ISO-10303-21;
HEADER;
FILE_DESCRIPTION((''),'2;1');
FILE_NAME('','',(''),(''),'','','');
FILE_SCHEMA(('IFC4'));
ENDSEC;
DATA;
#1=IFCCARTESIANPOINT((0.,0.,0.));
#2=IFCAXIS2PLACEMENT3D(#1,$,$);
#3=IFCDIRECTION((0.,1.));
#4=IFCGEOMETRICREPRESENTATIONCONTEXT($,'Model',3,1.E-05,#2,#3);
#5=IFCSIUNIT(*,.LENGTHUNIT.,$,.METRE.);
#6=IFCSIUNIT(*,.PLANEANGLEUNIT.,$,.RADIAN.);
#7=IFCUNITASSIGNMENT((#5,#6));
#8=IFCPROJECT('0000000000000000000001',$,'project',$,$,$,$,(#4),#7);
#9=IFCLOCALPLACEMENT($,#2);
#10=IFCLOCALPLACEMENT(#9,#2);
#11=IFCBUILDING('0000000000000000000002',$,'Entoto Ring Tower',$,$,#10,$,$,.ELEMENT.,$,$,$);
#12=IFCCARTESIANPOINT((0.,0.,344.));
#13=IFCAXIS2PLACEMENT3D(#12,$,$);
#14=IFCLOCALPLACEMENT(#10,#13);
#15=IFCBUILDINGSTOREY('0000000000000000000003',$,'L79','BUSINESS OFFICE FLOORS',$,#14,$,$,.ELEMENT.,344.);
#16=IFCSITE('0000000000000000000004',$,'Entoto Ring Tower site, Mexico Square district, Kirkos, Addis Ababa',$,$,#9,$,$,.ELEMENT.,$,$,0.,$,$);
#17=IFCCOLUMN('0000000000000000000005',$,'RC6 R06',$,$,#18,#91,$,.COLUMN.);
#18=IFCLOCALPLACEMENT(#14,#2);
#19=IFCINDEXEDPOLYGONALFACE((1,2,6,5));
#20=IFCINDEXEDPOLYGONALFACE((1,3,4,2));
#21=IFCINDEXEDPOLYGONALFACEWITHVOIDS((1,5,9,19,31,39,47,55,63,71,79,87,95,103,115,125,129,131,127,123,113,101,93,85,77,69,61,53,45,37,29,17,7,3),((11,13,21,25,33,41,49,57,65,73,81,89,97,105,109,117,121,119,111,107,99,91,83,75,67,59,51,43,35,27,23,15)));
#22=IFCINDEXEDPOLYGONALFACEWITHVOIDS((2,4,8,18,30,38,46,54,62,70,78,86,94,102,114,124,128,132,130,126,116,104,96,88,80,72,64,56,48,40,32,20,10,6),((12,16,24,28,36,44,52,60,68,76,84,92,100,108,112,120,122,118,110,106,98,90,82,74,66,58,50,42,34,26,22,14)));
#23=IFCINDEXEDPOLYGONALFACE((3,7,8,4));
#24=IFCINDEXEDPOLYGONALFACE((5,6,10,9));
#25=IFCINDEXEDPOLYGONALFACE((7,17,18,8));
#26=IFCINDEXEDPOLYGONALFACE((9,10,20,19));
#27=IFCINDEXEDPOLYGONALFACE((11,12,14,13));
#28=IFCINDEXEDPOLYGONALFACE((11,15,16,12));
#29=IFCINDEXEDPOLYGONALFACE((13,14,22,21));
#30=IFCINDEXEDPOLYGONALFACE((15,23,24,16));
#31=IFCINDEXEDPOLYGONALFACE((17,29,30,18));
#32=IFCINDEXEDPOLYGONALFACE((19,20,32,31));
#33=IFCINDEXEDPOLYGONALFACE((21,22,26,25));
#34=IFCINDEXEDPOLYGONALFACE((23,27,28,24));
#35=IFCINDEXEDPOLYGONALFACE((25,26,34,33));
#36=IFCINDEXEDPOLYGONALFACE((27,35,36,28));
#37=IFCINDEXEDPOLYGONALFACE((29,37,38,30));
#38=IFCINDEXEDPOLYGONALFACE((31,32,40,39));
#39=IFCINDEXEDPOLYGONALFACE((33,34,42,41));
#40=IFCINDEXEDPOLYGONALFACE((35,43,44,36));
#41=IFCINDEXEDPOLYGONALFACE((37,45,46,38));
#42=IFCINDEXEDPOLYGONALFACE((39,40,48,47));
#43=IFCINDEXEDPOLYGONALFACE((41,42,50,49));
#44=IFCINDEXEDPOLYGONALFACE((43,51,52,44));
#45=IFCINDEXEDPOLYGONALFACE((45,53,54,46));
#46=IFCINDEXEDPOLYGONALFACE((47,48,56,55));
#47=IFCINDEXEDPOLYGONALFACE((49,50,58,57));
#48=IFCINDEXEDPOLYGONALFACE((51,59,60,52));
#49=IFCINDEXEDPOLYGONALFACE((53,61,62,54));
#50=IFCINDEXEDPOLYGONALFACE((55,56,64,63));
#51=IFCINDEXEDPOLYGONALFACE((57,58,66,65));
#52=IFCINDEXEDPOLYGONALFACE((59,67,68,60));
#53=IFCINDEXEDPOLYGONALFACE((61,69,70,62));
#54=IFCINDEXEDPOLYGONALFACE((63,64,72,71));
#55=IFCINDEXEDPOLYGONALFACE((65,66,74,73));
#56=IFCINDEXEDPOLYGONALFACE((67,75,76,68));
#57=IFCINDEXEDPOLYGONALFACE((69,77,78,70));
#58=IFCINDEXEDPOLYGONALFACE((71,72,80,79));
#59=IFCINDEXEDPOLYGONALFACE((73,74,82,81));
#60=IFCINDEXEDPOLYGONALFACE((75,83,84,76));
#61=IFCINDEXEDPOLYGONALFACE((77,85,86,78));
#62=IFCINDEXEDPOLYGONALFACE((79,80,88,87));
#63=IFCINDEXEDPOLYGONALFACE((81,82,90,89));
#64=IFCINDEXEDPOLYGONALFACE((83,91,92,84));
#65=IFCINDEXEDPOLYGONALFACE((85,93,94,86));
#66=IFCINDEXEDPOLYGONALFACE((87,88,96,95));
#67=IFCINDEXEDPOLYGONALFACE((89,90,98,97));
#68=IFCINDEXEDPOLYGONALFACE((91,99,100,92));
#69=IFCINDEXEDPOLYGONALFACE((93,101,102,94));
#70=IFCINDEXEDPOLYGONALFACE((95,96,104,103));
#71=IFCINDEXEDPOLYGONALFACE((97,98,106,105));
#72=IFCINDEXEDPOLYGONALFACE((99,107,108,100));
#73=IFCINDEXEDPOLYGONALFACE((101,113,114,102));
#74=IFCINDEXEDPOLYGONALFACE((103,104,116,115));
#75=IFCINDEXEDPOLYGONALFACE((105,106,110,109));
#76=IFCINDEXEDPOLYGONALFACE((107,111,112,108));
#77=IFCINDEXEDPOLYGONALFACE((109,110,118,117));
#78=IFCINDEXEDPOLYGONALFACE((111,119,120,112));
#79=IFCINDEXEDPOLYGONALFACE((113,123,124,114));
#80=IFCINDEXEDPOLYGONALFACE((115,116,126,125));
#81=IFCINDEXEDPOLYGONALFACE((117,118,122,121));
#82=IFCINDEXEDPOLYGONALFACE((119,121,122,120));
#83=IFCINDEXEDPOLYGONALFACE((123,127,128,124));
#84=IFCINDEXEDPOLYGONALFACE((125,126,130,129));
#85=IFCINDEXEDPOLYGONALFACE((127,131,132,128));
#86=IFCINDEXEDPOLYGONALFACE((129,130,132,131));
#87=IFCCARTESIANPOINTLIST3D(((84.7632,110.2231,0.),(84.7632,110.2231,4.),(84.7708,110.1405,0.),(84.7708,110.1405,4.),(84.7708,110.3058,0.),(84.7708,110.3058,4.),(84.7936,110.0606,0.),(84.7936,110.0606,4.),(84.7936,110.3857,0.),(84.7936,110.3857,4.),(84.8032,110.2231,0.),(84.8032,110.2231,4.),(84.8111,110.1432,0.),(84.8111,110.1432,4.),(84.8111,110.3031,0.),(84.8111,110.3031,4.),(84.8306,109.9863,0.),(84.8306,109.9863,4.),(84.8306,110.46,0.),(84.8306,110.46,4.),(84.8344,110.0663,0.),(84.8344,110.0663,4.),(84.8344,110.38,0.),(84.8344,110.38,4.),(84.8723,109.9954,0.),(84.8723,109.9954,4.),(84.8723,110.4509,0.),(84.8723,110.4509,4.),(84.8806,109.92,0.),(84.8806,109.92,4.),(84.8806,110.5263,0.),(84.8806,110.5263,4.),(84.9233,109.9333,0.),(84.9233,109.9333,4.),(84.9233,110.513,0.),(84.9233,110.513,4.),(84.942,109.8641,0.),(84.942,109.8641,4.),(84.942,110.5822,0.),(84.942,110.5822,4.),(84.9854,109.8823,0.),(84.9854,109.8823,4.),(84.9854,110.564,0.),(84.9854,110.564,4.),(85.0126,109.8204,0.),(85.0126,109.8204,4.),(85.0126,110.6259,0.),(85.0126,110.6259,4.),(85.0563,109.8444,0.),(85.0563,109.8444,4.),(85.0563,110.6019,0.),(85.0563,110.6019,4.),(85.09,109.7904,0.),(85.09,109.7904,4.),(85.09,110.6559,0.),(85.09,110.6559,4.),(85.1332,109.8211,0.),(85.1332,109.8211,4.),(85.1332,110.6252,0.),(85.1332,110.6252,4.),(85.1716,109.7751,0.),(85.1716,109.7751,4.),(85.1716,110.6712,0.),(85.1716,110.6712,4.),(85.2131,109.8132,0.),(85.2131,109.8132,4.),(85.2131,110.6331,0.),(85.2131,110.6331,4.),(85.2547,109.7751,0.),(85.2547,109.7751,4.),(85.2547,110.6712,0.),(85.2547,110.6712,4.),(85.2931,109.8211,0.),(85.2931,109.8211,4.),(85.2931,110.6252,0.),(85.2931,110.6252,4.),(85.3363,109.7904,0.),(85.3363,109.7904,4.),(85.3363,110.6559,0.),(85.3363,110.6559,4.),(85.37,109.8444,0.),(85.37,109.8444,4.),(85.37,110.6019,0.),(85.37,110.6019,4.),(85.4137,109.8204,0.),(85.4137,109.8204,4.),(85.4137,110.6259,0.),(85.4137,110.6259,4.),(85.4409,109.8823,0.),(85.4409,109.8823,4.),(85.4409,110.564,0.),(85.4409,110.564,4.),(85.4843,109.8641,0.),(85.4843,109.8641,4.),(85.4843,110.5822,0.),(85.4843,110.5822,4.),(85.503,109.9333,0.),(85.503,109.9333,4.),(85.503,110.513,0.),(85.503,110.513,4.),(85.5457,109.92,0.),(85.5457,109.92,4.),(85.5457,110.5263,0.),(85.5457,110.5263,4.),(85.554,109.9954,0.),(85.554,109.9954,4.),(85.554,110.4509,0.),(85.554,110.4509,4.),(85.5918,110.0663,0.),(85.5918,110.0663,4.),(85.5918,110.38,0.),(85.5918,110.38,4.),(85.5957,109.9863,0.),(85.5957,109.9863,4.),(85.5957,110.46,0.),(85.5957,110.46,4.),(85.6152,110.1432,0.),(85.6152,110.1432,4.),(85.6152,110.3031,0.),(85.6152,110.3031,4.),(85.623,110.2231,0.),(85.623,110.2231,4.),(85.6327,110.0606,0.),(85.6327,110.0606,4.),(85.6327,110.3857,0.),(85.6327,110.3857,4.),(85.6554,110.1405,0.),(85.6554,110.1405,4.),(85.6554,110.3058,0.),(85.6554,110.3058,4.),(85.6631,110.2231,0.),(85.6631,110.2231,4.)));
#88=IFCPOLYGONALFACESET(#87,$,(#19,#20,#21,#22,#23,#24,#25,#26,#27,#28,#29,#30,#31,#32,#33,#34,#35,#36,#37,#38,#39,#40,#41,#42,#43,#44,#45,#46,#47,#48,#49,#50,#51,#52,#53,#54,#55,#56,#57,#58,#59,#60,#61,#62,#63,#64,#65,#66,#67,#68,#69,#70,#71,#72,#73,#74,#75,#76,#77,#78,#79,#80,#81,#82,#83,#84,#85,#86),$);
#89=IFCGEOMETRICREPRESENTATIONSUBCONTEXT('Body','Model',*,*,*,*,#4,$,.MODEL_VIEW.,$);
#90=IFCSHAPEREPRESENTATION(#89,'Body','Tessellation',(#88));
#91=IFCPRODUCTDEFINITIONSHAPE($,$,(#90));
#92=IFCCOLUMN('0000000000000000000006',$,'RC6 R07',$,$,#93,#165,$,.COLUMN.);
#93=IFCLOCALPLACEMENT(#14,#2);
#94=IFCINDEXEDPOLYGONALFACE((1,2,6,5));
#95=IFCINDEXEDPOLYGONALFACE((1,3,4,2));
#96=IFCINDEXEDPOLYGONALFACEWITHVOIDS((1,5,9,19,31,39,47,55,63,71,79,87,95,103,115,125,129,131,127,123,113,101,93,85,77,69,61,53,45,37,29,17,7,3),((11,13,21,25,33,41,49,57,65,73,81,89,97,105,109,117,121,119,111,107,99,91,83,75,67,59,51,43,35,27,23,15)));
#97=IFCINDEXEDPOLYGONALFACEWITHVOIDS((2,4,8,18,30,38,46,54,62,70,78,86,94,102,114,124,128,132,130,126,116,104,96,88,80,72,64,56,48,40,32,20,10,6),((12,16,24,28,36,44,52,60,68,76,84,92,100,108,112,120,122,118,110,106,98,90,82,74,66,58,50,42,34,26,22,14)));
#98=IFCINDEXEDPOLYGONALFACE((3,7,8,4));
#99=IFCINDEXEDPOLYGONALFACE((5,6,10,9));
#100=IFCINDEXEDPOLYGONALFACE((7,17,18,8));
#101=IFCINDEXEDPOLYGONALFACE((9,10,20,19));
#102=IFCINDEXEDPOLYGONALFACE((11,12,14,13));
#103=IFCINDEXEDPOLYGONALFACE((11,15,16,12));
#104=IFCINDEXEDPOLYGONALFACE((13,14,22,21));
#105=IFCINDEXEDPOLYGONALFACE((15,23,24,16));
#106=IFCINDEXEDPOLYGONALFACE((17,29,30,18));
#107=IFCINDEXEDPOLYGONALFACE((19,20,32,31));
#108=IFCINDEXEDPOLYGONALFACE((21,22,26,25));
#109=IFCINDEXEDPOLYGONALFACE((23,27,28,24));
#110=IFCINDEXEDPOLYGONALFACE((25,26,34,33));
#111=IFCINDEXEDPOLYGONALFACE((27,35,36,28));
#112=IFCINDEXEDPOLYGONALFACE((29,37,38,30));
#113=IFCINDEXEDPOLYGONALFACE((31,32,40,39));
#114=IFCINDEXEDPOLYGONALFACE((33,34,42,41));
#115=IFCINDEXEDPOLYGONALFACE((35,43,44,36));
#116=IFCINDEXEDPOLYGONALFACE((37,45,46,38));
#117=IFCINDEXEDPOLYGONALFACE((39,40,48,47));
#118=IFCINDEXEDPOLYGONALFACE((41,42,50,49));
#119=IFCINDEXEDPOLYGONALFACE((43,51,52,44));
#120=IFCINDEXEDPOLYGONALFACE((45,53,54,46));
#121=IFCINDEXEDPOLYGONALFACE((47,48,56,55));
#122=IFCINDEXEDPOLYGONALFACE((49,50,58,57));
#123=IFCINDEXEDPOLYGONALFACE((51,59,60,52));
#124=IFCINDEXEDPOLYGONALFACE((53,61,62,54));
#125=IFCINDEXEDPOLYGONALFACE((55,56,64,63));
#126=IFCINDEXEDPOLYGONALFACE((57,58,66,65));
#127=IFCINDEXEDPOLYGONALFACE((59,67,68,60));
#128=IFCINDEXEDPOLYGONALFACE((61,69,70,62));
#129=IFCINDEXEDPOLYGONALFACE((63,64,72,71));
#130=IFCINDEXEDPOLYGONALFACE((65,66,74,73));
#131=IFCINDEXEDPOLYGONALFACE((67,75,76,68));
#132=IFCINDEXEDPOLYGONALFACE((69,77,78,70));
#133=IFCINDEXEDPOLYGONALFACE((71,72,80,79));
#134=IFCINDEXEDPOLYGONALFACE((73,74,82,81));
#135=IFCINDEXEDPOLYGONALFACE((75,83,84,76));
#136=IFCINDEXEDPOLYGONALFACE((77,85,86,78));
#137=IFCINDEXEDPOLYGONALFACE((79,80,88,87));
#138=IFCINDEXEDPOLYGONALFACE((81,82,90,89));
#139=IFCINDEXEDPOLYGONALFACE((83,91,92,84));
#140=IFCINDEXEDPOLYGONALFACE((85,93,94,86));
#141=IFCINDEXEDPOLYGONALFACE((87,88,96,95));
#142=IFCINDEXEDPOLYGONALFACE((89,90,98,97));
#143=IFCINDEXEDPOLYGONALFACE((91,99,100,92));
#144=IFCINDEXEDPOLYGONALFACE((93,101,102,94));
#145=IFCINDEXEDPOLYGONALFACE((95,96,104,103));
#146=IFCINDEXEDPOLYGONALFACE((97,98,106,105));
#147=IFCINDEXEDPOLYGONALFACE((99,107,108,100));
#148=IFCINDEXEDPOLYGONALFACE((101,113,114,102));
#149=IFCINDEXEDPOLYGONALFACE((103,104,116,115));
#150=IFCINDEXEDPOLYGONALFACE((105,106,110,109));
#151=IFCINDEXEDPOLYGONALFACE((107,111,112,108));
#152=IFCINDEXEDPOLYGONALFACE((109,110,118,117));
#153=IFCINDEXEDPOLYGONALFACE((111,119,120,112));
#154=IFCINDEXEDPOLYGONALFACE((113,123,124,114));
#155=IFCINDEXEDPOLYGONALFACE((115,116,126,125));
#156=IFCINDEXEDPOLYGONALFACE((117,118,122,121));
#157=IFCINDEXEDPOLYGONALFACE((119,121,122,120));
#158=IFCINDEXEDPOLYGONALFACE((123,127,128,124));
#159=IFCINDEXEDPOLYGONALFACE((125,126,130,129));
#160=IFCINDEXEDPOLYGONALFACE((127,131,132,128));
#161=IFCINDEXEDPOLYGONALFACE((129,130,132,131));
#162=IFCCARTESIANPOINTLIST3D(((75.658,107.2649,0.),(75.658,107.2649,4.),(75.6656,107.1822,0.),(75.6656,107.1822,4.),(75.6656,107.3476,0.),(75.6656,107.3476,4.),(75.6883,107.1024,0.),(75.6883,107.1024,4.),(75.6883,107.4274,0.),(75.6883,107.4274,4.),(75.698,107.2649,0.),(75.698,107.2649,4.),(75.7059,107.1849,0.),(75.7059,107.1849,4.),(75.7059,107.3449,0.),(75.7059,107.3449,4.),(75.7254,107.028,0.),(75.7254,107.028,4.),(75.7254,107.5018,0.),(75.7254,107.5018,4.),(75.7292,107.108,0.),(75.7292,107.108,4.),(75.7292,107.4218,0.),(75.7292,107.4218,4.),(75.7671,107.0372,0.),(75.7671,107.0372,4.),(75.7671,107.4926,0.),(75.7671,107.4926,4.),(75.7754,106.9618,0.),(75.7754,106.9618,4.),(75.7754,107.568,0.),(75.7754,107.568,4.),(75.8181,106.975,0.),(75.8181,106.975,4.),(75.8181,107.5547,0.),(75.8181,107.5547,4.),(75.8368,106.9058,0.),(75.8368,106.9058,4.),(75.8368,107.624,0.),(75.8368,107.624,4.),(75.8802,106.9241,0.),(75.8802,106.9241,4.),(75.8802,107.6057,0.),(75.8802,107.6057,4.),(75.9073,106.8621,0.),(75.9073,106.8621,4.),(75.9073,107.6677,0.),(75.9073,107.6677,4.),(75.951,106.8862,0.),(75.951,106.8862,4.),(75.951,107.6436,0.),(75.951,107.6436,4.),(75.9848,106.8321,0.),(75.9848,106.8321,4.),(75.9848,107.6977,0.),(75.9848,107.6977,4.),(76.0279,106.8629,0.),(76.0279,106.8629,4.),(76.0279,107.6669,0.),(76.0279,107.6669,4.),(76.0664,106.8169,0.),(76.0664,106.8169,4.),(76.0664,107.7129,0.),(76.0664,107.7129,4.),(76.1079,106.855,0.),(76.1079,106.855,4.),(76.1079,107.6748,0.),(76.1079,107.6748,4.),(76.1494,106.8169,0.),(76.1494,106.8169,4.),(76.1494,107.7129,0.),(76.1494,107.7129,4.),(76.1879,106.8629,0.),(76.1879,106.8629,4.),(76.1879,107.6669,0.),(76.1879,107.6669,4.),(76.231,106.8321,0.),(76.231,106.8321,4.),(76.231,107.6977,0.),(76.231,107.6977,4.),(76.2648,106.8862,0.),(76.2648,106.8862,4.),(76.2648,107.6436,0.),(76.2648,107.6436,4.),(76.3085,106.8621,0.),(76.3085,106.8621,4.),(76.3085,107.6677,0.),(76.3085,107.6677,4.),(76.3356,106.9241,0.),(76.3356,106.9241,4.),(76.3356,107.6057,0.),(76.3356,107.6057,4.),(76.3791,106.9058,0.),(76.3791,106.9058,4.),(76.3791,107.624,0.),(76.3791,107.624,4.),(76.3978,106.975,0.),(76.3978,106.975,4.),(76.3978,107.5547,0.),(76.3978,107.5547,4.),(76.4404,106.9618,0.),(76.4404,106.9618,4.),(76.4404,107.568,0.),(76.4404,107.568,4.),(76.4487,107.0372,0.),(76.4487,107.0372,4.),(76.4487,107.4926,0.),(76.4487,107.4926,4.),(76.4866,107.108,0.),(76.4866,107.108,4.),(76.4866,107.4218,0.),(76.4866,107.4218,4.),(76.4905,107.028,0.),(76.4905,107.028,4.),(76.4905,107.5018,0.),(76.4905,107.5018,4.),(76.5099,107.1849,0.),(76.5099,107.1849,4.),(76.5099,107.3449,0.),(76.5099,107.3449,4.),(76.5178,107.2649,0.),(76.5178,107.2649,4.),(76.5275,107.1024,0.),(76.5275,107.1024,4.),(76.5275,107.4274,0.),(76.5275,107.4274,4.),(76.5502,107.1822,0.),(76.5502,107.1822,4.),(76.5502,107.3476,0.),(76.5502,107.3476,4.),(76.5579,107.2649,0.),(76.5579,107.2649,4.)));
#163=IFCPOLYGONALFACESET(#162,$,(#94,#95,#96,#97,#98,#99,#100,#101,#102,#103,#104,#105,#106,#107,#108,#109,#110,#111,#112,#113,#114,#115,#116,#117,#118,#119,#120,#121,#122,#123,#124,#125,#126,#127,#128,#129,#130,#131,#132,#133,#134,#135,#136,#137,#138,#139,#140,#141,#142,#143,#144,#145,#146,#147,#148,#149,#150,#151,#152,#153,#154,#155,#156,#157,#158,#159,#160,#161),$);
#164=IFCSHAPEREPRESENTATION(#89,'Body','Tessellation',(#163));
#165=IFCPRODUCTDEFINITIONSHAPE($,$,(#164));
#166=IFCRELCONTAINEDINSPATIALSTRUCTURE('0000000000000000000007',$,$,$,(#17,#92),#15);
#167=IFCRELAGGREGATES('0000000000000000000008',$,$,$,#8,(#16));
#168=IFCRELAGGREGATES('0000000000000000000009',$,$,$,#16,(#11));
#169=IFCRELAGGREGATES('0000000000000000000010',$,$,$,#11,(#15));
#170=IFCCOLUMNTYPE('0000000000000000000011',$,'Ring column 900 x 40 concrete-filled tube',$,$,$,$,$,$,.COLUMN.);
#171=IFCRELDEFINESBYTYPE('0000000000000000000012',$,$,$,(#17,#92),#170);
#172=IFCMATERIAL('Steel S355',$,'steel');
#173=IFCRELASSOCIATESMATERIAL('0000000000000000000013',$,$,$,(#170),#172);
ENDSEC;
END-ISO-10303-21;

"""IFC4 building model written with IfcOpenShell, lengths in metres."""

from ifc_helpers import new_model, si_unit, direction, frame, origin, origin_2d, place, context, subcontext, project, spatial, circle, hollow_circle, extrude, material, material_profile, profile_set, type_object, element, save


model = new_model("IFC4")

# Units and contexts
model_context = context("Model", 3, precision=1e-05, world=origin(), true_north=direction((0.0, 1.0)))
body_context = subcontext(model_context, "Body", "Model", "MODEL_VIEW")
ifc_project = project(units=[si_unit("LENGTHUNIT", "METRE"), si_unit("PLANEANGLEUNIT", "RADIAN")], contexts=[model_context])

# Site, building, storey
site_placement = place(None, origin())
site = spatial("IfcSite", under=ifc_project, at=site_placement, Name="Entoto Ring Tower site, Mexico Square district, Kirkos, Addis Ababa", CompositionType="ELEMENT", RefElevation=0.0)
building_placement = place(site_placement, origin())
building = spatial("IfcBuilding", under=site, at=building_placement, Name="Entoto Ring Tower", CompositionType="ELEMENT")
storey_placement = place(building_placement, frame((0.0, 0.0, 344.0)))
storey = spatial("IfcBuildingStorey", under=building, at=storey_placement, Name="L79", Description="BUSINESS OFFICE FLOORS", CompositionType="ELEMENT", Elevation=344.0)

# Columns
ifc_material_1 = material(Name="Steel S355", Category="steel")
ifc_material_profile_1 = material_profile(ifc_material_1, hollow_circle(Radius=0.45, WallThickness=0.04, at=origin_2d()), Name="CHS 900 x 40")
ifc_material_2 = material(Name="Concrete C60/75", Category="concrete")
ifc_material_profile_2 = material_profile(ifc_material_2, circle(Radius=0.4099, at=origin_2d()), Name="Concrete C60/75 infill")
ifc_profile_set_1 = profile_set([ifc_material_profile_1, ifc_material_profile_2], Name="Steel S355")
column_type = type_object("IfcColumnType", Name="Ring column 900 x 40 concrete-filled tube", PredefinedType="COLUMN", material=ifc_profile_set_1)
for number, where, z_axis, x_axis, name in (
    (1, (85.2131, 110.2231, 0.0), (0.0, 0.0, 1.0), (1.0, 0.0, 0.0), "RC6 R06"),
    (2, (76.1079, 107.2649, 0.0), (0.0, 0.0, 1.0), (1.0, 0.0, 0.0), "RC6 R07"),
):
    element("IfcColumn", number, at=place(storey_placement, frame(where, z_axis=z_axis, x_axis=x_axis)), inside=storey, type_object=column_type, Name=name, PredefinedType="COLUMN", context=body_context, shape_type="SweptSolid", body=[
        extrude(hollow_circle(Radius=0.45, WallThickness=0.04, at=origin_2d()), origin(), (0.0, 0.0, 1.0), 4.0),
    ])

save(model, "model.ifc")
